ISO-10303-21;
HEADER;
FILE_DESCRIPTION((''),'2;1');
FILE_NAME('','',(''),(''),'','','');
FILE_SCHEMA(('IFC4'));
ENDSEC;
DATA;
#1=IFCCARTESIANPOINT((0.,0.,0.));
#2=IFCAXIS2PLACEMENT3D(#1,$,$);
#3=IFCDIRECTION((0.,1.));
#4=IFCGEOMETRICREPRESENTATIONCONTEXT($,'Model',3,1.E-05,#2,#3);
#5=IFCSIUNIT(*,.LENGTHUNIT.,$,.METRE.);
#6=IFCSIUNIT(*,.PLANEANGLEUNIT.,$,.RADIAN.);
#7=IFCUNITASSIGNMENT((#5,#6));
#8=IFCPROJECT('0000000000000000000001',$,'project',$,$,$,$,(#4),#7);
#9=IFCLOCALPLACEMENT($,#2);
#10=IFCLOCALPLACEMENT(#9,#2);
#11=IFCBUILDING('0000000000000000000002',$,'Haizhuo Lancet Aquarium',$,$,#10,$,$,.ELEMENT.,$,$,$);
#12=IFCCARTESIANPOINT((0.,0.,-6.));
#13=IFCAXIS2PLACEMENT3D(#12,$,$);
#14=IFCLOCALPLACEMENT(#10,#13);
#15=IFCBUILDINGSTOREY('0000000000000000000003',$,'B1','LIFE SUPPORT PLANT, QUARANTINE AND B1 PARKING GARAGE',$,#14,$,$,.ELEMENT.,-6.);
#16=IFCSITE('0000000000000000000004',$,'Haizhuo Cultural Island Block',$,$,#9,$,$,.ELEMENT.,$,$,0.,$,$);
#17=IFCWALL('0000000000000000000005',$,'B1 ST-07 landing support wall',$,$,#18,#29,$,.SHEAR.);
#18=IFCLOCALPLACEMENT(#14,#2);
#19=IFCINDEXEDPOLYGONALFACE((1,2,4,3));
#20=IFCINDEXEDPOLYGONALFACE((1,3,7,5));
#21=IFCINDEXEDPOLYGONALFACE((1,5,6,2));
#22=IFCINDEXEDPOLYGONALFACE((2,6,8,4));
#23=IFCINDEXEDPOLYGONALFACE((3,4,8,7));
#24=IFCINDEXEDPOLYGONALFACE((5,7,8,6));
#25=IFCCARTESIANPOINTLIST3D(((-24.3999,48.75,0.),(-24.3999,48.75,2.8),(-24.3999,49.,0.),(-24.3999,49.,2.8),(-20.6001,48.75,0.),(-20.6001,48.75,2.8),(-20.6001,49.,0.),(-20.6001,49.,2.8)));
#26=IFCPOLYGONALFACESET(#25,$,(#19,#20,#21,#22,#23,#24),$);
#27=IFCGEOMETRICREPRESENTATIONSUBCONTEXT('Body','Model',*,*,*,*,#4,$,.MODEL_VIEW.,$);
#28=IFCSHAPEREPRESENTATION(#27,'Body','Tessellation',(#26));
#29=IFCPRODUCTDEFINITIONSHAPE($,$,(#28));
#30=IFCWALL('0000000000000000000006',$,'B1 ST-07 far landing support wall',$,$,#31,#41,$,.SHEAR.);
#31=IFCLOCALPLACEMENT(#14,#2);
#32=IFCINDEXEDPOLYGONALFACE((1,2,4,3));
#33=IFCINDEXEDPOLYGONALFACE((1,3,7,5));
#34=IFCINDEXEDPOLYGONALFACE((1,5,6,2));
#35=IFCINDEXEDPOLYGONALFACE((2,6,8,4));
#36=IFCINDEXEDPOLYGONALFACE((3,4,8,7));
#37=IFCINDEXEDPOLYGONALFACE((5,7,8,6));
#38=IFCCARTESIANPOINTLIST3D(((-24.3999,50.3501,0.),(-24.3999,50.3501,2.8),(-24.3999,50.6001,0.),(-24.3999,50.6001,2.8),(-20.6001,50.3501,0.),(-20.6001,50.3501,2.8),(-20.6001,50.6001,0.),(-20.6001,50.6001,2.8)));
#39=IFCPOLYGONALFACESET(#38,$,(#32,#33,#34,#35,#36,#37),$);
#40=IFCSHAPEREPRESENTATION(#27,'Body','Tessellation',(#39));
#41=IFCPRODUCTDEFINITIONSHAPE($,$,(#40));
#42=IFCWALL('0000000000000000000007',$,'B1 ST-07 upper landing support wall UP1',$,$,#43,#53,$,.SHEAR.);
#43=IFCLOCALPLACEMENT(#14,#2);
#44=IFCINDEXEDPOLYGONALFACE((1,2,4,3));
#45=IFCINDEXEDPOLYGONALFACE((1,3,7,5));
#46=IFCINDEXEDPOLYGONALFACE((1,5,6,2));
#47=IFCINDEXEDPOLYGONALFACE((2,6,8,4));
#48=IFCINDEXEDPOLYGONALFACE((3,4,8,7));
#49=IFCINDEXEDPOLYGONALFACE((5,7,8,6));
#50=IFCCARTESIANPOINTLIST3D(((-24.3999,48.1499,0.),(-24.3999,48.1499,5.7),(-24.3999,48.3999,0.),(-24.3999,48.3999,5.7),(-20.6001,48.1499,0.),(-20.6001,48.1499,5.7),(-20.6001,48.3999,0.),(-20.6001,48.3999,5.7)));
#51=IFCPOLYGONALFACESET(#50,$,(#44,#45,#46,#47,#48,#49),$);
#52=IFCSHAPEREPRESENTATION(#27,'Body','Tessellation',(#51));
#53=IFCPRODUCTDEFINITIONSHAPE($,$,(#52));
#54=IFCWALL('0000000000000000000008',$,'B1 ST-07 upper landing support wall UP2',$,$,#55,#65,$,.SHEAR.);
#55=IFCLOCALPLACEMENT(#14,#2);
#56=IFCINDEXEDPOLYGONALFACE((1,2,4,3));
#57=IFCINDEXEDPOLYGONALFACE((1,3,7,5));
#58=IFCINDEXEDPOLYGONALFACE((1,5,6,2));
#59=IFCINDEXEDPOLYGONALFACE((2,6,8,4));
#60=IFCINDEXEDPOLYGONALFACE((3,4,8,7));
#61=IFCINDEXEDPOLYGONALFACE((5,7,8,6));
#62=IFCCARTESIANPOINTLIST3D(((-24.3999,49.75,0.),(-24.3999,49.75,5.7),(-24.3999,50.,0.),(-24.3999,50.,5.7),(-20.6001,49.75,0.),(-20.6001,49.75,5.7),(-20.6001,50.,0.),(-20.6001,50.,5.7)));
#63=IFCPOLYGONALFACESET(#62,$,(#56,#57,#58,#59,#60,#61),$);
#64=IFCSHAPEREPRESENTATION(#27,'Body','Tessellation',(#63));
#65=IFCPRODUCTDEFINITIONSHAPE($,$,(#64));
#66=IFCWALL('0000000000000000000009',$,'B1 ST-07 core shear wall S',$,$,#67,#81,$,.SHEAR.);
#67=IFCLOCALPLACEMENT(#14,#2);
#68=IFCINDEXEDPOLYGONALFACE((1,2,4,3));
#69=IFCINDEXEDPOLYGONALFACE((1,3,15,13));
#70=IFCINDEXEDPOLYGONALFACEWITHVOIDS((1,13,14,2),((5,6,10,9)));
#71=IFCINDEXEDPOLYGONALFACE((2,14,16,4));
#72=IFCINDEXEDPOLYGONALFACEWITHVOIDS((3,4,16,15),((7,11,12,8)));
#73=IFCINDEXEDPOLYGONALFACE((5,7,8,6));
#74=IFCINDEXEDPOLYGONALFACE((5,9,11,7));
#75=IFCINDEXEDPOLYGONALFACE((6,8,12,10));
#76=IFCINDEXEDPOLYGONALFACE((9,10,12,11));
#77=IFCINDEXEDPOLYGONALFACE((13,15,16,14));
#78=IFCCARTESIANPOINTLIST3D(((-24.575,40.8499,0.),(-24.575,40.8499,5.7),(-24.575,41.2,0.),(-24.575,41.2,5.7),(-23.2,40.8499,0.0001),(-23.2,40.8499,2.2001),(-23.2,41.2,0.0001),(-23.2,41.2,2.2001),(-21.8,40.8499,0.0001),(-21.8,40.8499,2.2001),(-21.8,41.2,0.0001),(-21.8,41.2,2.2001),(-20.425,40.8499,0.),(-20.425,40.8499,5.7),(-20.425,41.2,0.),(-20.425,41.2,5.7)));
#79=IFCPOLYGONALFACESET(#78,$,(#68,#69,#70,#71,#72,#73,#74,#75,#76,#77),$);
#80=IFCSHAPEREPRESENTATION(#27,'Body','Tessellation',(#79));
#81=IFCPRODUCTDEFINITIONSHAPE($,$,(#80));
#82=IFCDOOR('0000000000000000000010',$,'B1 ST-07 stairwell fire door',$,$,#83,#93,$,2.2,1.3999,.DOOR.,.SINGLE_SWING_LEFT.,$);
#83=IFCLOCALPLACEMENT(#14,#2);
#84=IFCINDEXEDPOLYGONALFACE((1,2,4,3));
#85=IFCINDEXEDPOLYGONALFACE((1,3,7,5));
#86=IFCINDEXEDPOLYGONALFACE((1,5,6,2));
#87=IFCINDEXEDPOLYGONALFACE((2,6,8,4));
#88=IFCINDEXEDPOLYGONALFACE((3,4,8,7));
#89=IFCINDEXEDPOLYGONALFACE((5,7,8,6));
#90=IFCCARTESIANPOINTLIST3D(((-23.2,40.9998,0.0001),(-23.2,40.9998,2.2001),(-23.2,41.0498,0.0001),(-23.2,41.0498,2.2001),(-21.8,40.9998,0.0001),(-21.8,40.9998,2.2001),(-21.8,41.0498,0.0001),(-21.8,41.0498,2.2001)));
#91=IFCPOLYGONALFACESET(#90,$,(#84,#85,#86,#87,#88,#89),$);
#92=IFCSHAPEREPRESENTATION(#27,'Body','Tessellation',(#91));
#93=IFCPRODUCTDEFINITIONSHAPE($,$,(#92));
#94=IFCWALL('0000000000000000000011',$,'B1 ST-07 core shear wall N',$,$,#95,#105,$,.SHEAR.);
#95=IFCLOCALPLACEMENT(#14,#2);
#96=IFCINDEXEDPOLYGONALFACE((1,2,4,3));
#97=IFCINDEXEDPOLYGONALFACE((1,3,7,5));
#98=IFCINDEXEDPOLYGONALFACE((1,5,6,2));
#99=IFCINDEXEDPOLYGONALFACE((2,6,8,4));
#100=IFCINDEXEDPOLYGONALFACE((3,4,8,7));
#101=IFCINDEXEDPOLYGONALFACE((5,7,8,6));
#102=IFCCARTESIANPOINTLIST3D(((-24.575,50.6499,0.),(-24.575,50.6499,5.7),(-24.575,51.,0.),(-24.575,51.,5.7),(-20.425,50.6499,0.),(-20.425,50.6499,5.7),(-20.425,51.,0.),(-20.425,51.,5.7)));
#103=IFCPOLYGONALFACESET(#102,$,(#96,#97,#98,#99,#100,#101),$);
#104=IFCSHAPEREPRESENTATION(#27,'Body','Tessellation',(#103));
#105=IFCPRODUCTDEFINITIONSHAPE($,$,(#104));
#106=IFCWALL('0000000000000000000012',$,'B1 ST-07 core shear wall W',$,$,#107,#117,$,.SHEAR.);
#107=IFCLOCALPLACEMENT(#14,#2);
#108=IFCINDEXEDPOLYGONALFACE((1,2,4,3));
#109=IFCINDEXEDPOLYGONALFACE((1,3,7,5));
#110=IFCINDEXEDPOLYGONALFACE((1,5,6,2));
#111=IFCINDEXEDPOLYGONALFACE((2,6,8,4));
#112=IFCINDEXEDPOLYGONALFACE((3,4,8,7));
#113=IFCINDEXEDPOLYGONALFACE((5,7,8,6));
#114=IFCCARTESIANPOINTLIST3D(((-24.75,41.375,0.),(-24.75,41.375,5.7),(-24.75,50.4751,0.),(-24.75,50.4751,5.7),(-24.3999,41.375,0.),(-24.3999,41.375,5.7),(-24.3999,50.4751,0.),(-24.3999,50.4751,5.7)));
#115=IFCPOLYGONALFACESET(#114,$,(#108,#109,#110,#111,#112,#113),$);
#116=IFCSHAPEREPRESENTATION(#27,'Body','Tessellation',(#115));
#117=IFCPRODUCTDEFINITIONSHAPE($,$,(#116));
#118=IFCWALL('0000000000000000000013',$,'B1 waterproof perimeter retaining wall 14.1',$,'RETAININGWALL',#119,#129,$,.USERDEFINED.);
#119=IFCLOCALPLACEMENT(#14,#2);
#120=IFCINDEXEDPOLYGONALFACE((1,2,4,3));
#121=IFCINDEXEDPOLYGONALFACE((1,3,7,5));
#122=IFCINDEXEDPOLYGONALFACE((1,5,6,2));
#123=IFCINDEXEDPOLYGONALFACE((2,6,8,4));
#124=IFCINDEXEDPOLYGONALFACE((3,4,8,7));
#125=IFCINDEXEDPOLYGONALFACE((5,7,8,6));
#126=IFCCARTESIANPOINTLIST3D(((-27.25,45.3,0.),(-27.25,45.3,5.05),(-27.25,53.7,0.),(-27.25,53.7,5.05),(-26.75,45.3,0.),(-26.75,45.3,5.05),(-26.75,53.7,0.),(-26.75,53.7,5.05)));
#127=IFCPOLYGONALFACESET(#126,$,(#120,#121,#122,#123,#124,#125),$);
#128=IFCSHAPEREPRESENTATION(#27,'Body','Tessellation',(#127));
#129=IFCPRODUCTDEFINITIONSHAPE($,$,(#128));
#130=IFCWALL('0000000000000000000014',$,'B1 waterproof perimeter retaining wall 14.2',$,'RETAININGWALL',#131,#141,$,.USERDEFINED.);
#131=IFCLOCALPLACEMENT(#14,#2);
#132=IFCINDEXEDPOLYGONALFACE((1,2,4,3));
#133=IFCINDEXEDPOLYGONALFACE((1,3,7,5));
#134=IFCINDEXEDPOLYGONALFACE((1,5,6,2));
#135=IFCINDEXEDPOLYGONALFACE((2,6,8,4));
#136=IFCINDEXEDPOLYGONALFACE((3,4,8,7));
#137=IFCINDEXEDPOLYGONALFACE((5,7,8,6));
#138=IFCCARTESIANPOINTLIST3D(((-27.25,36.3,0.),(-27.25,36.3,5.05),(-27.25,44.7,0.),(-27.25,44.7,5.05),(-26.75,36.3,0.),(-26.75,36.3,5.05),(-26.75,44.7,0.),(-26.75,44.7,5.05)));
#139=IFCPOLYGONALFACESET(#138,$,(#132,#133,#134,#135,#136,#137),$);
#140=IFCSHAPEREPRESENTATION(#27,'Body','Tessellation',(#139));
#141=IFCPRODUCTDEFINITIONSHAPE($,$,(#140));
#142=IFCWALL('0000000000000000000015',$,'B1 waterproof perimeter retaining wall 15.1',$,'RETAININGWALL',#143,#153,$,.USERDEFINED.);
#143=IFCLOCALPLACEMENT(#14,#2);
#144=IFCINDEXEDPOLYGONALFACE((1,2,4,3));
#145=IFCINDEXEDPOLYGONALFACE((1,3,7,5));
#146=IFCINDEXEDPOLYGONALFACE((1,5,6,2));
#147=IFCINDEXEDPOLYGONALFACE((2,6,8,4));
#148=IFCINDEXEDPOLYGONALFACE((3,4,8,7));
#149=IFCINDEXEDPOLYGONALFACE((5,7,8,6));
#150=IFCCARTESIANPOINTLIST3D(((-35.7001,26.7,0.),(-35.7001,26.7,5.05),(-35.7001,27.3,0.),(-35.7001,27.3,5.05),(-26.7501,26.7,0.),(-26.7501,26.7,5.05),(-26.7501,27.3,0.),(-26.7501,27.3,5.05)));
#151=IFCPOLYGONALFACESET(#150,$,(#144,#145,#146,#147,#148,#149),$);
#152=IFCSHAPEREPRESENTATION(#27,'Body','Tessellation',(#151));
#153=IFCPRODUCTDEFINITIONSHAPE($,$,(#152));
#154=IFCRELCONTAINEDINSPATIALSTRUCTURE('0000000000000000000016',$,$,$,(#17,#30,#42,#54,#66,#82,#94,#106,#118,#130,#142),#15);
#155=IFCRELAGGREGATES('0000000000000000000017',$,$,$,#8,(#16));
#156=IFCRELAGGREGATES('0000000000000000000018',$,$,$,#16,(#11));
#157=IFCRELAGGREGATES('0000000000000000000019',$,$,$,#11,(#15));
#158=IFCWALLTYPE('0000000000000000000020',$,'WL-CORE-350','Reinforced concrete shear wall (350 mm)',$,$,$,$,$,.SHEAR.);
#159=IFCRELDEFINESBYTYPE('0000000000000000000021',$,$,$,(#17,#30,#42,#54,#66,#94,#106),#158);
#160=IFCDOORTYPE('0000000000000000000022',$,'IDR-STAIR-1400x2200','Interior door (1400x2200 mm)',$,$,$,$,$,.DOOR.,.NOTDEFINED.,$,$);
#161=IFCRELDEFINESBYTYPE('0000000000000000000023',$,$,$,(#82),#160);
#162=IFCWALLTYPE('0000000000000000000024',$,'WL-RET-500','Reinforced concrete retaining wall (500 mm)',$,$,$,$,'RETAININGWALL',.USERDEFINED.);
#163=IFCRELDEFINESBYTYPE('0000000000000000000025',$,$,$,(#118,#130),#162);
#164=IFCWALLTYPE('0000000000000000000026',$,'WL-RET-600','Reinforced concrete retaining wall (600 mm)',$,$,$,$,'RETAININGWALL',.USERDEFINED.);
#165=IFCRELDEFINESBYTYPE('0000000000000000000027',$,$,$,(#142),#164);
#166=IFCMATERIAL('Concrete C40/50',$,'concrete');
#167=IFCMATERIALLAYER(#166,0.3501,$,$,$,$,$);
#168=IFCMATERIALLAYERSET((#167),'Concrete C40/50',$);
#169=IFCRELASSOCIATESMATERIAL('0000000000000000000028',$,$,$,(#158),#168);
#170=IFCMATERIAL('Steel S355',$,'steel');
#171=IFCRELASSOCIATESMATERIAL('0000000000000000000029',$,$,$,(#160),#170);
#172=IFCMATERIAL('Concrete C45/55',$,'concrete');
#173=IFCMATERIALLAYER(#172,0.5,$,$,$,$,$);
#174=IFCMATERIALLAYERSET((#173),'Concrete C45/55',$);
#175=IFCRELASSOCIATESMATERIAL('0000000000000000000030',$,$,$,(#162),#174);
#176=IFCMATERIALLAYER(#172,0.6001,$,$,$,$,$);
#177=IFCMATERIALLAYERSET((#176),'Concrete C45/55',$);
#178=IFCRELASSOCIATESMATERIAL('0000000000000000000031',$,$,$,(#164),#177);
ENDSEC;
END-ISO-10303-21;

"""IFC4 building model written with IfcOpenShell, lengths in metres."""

from ifc_helpers import new_model, si_unit, direction, frame, frame_2d, origin, place, context, subcontext, project, spatial, rectangle, extrude, material, layer, layer_set, type_object, element, fill, save


model = new_model("IFC4")

# Units and contexts
model_context = context("Model", 3, precision=1e-05, world=origin(), true_north=direction((0.0, 1.0)))
body_context = subcontext(model_context, "Body", "Model", "MODEL_VIEW")
ifc_project = project(units=[si_unit("LENGTHUNIT", "METRE"), si_unit("PLANEANGLEUNIT", "RADIAN")], contexts=[model_context])

# Site, building, storey
site_placement = place(None, origin())
site = spatial("IfcSite", under=ifc_project, at=site_placement, Name="Haizhuo Cultural Island Block", CompositionType="ELEMENT", RefElevation=0.0)
building_placement = place(site_placement, origin())
building = spatial("IfcBuilding", under=site, at=building_placement, Name="Haizhuo Lancet Aquarium", CompositionType="ELEMENT")
storey_placement = place(building_placement, frame((0.0, 0.0, -6.0)))
storey = spatial("IfcBuildingStorey", under=building, at=storey_placement, Name="B1", Description="LIFE SUPPORT PLANT, QUARANTINE AND B1 PARKING GARAGE", CompositionType="ELEMENT", Elevation=-6.0)

# Shared definitions
ifc_material_1 = material(Name="Concrete C40/50", Category="concrete")

# Shared definitions
ifc_material_2 = material(Name="Steel S355", Category="steel")

# Walls
ifc_layer_1 = layer(ifc_material_1, 0.3501)
ifc_layer_set_1 = layer_set([ifc_layer_1], Name="Concrete C40/50")
wall_type_1 = type_object("IfcWallType", Name="WL-CORE-350", Description="Reinforced concrete shear wall (350 mm)", PredefinedType="SHEAR", material=ifc_layer_set_1)
for number, where, z_axis, x_axis, name in (
    (1, (-24.3999, 48.875, 0.0), (0.0, 0.0, 1.0), (1.0, 0.0, 0.0), "B1 ST-07 landing support wall"),
    (2, (-24.3999, 50.4751, 0.0), (0.0, 0.0, 1.0), (1.0, 0.0, 0.0), "B1 ST-07 far landing support wall"),
):
    element("IfcWall", number, at=place(storey_placement, frame(where, z_axis=z_axis, x_axis=x_axis)), inside=storey, type_object=wall_type_1, Name=name, PredefinedType="SHEAR", context=body_context, shape_type="SweptSolid", body=[
        extrude(rectangle(XDim=3.7998, YDim=0.25, at=frame_2d((1.8999, 0.0))), origin(), (0.0, 0.0, 1.0), 2.8),
    ])
for number, where, z_axis, x_axis, name in (
    (3, (-24.3999, 48.2749, 0.0), (0.0, 0.0, 1.0), (1.0, 0.0, 0.0), "B1 ST-07 upper landing support wall UP1"),
    (4, (-24.3999, 49.875, 0.0), (0.0, 0.0, 1.0), (1.0, 0.0, 0.0), "B1 ST-07 upper landing support wall UP2"),
):
    element("IfcWall", number, at=place(storey_placement, frame(where, z_axis=z_axis, x_axis=x_axis)), inside=storey, type_object=wall_type_1, Name=name, PredefinedType="SHEAR", context=body_context, shape_type="SweptSolid", body=[
        extrude(rectangle(XDim=3.7998, YDim=0.25, at=frame_2d((1.8999, 0.0))), origin(), (0.0, 0.0, 1.0), 5.7),
    ])

# Wall, opening, door
wall_1_placement = place(storey_placement, frame((-24.575, 41.0249, 0.0), z_axis=(0.0, 0.0, 1.0), x_axis=(1.0, 0.0, 0.0)))
wall_1 = element("IfcWall", 5, at=wall_1_placement, inside=storey, type_object=wall_type_1, Name="B1 ST-07 core shear wall S", PredefinedType="SHEAR", context=body_context, shape_type="SweptSolid", body=[
    extrude(rectangle(XDim=4.1499, YDim=0.3501, at=frame_2d((2.075, 0.0))), origin(), (0.0, 0.0, 1.0), 5.7),
])
opening_placement = place(wall_1_placement, frame((1.375, 0.0, 0.0)))
opening = element("IfcOpeningElement", 6, at=opening_placement, cuts=wall_1, PredefinedType="OPENING", context=body_context, shape_type="SweptSolid", body=[
    extrude(rectangle(XDim=1.3999, YDim=2.2, at=frame_2d((0.7, 1.1001))), frame((0.0, 0.1851, 0.0), z_axis=(0.0, -1.0, 0.0), x_axis=(1.0, 0.0, 0.0)), (0.0, 0.0, 1.0), 0.3701),
])
door_type = type_object("IfcDoorType", Name="IDR-STAIR-1400x2200", Description="Interior door (1400x2200 mm)", OperationType="NOTDEFINED", PredefinedType="DOOR", material=ifc_material_2)
door_placement = place(opening_placement, origin())
door = element("IfcDoor", 7, at=door_placement, inside=storey, type_object=door_type, Name="B1 ST-07 stairwell fire door", OperationType="SINGLE_SWING_LEFT", OverallHeight=2.2, OverallWidth=1.3999, PredefinedType="DOOR", context=body_context, shape_type="SweptSolid", body=[
    extrude(rectangle(XDim=1.3999, YDim=2.2, at=frame_2d((0.7, 1.1001))), frame((0.0, 0.0249, 0.0), z_axis=(0.0, -1.0, 0.0), x_axis=(1.0, 0.0, 0.0)), (0.0, 0.0, 1.0), 0.05),
])
fill(opening, door)

# Walls
wall_2_placement = place(storey_placement, frame((-24.575, 50.825, 0.0), z_axis=(0.0, 0.0, 1.0), x_axis=(1.0, 0.0, 0.0)))
element("IfcWall", 8, at=wall_2_placement, inside=storey, type_object=wall_type_1, Name="B1 ST-07 core shear wall N", PredefinedType="SHEAR", context=body_context, shape_type="SweptSolid", body=[
    extrude(rectangle(XDim=4.1499, YDim=0.3501, at=frame_2d((2.075, 0.0))), origin(), (0.0, 0.0, 1.0), 5.7),
])
wall_3_placement = place(storey_placement, frame((-24.575, 41.375, 0.0), z_axis=(0.0, 0.0, 1.0), x_axis=(0.0, 1.0, 0.0)))
element("IfcWall", 9, at=wall_3_placement, inside=storey, type_object=wall_type_1, Name="B1 ST-07 core shear wall W", PredefinedType="SHEAR", context=body_context, shape_type="SweptSolid", body=[
    extrude(rectangle(XDim=9.1001, YDim=0.3501, at=frame_2d((4.55, 0.0))), origin(), (0.0, 0.0, 1.0), 5.7),
])
ifc_material_3 = material(Name="Concrete C45/55", Category="concrete")
ifc_layer_2 = layer(ifc_material_3, 0.5)
ifc_layer_set_2 = layer_set([ifc_layer_2], Name="Concrete C45/55")
wall_type_2 = type_object("IfcWallType", Name="WL-RET-500", Description="Reinforced concrete retaining wall (500 mm)", ElementType="RETAININGWALL", PredefinedType="USERDEFINED", material=ifc_layer_set_2)
for number, where, z_axis, x_axis, name in (
    (10, (-27.0, 53.7, 0.0), (0.0, 0.0, 1.0), (0.0, -1.0, 0.0), "B1 waterproof perimeter retaining wall 14.1"),
    (11, (-27.0, 44.7, 0.0), (0.0, 0.0, 1.0), (0.0, -1.0, 0.0), "B1 waterproof perimeter retaining wall 14.2"),
):
    element("IfcWall", number, at=place(storey_placement, frame(where, z_axis=z_axis, x_axis=x_axis)), inside=storey, type_object=wall_type_2, Name=name, ObjectType="RETAININGWALL", PredefinedType="USERDEFINED", context=body_context, shape_type="SweptSolid", body=[
        extrude(rectangle(XDim=8.3999, YDim=0.5, at=frame_2d((4.2, 0.0))), origin(), (0.0, 0.0, 1.0), 5.05),
    ])
ifc_layer_3 = layer(ifc_material_3, 0.6001)
ifc_layer_set_3 = layer_set([ifc_layer_3], Name="Concrete C45/55")
wall_type_3 = type_object("IfcWallType", Name="WL-RET-600", Description="Reinforced concrete retaining wall (600 mm)", ElementType="RETAININGWALL", PredefinedType="USERDEFINED", material=ifc_layer_set_3)
wall_4_placement = place(storey_placement, frame((-26.75, 27.0, 0.0), z_axis=(0.0, 0.0, 1.0), x_axis=(-1.0, 0.0, 0.0)))
element("IfcWall", 12, at=wall_4_placement, inside=storey, type_object=wall_type_3, Name="B1 waterproof perimeter retaining wall 15.1", ObjectType="RETAININGWALL", PredefinedType="USERDEFINED", context=body_context, shape_type="SweptSolid", body=[
    extrude(rectangle(XDim=8.95, YDim=0.6001, at=frame_2d((4.4751, 0.0))), origin(), (0.0, 0.0, 1.0), 5.05),
])

save(model, "model.ifc")
